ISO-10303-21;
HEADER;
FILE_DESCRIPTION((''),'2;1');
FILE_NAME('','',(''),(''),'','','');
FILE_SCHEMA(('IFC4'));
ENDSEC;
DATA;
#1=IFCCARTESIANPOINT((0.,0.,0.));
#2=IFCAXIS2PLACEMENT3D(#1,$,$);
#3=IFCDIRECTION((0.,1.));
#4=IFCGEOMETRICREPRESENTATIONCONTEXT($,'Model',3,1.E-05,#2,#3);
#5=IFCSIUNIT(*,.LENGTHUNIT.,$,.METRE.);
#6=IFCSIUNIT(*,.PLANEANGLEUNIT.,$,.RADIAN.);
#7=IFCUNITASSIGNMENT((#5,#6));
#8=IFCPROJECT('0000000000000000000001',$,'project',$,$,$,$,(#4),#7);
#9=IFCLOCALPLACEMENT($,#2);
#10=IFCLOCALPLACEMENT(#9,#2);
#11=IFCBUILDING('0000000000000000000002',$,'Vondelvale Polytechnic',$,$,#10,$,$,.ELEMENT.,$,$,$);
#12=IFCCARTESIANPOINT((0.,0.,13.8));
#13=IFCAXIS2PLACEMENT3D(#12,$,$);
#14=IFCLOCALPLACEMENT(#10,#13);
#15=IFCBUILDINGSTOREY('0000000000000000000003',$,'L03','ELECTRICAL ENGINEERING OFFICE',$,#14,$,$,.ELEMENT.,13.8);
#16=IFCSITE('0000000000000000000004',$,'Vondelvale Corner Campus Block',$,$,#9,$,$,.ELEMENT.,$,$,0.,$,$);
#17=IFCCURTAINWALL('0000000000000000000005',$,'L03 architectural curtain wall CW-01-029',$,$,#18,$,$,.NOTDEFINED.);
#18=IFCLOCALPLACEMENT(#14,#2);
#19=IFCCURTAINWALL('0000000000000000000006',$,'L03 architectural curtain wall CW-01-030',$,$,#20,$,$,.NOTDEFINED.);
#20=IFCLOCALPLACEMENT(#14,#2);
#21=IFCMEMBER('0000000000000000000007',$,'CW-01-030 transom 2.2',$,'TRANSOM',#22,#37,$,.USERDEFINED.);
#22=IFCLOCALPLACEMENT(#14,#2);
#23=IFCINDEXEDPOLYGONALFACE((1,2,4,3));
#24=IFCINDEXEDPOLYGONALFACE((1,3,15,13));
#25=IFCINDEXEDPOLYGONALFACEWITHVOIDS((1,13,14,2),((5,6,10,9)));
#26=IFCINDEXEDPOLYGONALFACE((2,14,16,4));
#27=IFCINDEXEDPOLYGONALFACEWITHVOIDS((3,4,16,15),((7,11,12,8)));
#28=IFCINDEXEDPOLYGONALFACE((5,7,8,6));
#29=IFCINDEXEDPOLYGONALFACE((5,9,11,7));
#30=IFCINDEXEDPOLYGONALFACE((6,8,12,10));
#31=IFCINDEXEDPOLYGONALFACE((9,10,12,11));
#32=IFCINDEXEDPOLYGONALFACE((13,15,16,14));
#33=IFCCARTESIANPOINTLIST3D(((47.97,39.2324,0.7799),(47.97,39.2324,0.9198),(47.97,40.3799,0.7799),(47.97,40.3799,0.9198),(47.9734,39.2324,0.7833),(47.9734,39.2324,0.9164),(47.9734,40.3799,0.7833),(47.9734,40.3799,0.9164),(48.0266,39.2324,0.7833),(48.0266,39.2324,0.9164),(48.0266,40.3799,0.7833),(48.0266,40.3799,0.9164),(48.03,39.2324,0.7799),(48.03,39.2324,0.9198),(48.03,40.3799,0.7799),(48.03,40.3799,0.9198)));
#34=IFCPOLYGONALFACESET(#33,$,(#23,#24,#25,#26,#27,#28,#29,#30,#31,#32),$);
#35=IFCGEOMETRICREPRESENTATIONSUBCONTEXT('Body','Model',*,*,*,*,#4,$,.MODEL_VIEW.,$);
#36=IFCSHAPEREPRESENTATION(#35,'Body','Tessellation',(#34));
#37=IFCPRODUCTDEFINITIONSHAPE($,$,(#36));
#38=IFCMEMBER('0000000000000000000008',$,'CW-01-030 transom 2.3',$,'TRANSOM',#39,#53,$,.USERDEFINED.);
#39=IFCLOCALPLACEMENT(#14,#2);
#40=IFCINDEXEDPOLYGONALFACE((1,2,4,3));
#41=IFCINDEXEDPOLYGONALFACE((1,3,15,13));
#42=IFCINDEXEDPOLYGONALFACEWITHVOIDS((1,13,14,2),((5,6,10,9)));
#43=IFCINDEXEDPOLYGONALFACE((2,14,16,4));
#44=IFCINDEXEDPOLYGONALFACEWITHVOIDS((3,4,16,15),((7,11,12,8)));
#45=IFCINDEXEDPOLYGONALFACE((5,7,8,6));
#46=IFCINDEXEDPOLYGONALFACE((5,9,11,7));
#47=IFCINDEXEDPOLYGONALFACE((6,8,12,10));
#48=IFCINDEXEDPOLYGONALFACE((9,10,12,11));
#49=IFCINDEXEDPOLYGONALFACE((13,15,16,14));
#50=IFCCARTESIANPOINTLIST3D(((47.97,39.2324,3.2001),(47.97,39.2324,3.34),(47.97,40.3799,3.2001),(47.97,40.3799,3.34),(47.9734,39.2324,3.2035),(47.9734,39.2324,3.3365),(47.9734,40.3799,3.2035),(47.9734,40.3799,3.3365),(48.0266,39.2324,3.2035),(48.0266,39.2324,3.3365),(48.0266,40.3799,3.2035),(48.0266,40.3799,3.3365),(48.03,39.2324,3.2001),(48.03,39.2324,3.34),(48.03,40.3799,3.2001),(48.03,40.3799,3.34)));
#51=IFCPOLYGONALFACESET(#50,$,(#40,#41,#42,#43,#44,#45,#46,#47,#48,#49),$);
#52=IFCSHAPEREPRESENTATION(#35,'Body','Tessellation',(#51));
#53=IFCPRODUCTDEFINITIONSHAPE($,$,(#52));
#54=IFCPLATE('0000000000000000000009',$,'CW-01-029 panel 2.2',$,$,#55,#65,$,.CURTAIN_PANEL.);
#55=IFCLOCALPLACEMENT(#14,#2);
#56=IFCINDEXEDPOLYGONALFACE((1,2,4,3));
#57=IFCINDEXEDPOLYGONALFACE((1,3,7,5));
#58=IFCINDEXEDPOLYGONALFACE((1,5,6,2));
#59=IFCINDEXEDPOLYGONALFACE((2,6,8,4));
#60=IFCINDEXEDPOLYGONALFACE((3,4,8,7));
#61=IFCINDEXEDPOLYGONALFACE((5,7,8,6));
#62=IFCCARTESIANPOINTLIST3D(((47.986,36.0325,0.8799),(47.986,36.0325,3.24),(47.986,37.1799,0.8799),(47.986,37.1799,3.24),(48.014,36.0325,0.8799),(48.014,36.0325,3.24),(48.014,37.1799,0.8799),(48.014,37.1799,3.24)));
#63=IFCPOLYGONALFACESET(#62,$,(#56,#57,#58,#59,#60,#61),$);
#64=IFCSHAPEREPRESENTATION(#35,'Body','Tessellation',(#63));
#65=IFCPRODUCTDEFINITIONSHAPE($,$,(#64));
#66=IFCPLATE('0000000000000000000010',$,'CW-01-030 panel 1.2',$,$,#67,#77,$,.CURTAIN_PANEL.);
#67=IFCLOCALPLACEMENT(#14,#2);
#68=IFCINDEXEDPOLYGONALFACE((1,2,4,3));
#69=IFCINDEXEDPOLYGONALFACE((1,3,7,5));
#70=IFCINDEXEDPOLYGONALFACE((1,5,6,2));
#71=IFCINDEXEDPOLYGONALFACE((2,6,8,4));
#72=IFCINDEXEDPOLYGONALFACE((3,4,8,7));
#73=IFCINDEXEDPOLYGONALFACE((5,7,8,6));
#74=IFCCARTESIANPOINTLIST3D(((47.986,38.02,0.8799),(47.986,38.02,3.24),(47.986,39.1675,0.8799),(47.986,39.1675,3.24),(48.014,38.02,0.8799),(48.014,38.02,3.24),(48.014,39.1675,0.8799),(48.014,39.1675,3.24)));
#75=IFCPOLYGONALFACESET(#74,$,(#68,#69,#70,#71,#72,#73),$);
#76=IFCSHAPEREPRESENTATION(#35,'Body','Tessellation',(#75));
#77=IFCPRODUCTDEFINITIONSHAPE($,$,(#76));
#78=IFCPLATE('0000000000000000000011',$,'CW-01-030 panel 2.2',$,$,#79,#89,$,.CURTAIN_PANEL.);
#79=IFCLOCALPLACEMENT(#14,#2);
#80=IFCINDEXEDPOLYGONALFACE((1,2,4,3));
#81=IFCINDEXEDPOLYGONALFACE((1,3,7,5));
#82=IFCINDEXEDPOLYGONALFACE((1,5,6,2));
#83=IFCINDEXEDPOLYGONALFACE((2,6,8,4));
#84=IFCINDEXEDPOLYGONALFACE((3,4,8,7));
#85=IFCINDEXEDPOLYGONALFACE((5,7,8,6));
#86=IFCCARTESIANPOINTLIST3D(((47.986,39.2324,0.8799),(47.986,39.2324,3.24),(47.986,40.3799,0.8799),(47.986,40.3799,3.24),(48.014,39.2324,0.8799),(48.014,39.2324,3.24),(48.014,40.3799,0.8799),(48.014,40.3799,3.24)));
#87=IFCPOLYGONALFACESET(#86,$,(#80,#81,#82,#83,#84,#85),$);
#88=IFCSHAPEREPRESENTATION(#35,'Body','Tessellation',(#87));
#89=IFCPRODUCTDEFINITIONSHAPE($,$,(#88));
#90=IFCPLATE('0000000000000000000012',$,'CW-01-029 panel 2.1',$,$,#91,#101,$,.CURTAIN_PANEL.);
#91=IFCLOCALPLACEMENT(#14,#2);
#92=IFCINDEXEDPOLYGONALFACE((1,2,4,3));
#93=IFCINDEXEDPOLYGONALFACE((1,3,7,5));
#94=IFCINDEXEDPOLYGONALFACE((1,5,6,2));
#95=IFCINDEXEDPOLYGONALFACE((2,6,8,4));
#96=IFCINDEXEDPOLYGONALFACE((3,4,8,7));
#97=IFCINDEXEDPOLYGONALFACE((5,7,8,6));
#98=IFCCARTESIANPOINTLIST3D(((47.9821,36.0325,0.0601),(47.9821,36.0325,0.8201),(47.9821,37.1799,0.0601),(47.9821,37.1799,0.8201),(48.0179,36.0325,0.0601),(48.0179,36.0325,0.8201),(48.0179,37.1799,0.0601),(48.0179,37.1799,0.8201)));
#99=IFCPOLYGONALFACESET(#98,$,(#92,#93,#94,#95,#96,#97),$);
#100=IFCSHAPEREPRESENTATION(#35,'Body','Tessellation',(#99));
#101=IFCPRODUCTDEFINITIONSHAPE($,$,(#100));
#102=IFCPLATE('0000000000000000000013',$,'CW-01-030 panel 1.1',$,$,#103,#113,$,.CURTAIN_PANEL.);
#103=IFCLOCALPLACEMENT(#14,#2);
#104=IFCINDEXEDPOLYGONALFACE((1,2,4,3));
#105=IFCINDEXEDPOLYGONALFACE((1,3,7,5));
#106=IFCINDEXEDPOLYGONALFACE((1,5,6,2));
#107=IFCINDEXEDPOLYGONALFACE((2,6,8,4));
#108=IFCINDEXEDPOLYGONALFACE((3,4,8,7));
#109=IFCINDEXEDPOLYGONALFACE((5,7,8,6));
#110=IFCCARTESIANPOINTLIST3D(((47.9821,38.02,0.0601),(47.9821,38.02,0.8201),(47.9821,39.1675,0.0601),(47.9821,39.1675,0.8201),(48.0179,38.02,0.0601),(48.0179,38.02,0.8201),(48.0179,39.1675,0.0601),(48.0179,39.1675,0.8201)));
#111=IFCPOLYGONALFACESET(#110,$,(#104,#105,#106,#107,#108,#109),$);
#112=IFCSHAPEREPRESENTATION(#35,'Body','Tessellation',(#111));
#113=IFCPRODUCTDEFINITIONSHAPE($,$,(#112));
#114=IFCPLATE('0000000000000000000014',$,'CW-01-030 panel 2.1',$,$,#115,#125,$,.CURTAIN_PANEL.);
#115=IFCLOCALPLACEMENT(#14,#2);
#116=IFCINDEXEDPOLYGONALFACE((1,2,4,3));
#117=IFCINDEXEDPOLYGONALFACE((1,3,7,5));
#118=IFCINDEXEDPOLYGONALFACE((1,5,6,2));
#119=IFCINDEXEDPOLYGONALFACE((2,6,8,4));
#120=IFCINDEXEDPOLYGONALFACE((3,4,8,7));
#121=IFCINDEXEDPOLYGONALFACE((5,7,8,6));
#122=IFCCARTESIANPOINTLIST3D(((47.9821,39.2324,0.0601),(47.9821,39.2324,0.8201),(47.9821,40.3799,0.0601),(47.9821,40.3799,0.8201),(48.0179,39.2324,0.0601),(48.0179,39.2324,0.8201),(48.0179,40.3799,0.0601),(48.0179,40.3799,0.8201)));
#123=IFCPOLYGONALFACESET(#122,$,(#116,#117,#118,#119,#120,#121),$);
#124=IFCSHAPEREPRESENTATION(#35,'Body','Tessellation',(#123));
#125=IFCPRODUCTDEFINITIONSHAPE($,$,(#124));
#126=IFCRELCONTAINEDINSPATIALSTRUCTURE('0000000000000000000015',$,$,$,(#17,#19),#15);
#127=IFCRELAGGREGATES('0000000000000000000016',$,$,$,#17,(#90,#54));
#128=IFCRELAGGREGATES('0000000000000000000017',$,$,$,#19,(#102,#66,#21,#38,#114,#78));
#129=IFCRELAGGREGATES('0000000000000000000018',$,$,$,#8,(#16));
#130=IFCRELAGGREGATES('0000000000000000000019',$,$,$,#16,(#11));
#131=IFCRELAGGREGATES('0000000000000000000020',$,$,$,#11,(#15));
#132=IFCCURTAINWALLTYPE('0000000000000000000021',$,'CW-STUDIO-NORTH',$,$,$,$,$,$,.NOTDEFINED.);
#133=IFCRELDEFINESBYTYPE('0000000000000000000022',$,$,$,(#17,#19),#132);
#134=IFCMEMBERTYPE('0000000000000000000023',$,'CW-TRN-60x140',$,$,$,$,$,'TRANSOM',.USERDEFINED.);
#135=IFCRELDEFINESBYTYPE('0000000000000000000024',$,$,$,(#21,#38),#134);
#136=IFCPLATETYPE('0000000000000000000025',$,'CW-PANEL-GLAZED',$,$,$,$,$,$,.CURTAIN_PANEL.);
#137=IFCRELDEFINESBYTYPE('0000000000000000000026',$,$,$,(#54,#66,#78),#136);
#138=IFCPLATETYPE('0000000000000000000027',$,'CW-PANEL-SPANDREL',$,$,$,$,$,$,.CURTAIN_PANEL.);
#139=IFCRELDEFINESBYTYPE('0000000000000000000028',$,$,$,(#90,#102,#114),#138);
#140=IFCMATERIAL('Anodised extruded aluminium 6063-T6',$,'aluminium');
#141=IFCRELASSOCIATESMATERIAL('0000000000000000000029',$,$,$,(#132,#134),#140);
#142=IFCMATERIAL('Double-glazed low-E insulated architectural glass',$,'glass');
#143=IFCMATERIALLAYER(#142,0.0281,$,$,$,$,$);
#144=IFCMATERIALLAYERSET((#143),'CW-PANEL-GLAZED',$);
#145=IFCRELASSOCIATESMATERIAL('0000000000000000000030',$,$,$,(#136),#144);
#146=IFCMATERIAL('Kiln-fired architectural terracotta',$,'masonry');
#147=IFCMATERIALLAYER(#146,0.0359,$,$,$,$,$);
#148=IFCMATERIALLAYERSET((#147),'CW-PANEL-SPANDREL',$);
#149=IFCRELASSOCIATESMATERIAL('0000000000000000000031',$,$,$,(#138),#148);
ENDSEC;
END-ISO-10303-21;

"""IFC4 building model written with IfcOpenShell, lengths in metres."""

from ifc_helpers import new_model, si_unit, direction, frame, origin, origin_2d, place, context, subcontext, project, spatial, rectangle, hollow_rectangle, extrude, material, layer, layer_set, material_profile, profile_set, type_object, element, aggregate, save


model = new_model("IFC4")

# Units and contexts
model_context = context("Model", 3, precision=1e-05, world=origin(), true_north=direction((0.0, 1.0)))
body_context = subcontext(model_context, "Body", "Model", "MODEL_VIEW")
ifc_project = project(units=[si_unit("LENGTHUNIT", "METRE"), si_unit("PLANEANGLEUNIT", "RADIAN")], contexts=[model_context])

# Site, building, storey
site_placement = place(None, origin())
site = spatial("IfcSite", under=ifc_project, at=site_placement, Name="Vondelvale Corner Campus Block", CompositionType="ELEMENT", RefElevation=0.0)
building_placement = place(site_placement, origin())
building = spatial("IfcBuilding", under=site, at=building_placement, Name="Vondelvale Polytechnic", CompositionType="ELEMENT")
storey_placement = place(building_placement, frame((0.0, 0.0, 13.8)))
storey = spatial("IfcBuildingStorey", under=building, at=storey_placement, Name="L03", Description="ELECTRICAL ENGINEERING OFFICE", CompositionType="ELEMENT", Elevation=13.8)

# Curtain wall
ifc_material_1 = material(Name="Anodised extruded aluminium 6063-T6", Category="aluminium")
curtain_wall_type = type_object("IfcCurtainWallType", Name="CW-STUDIO-NORTH", PredefinedType="NOTDEFINED", material=ifc_material_1)
curtain_wall_1_placement = place(storey_placement, origin())
curtain_wall_1 = element("IfcCurtainWall", 1, at=curtain_wall_1_placement, inside=storey, type_object=curtain_wall_type, Name="L03 architectural curtain wall CW-01-029", PredefinedType="NOTDEFINED")

# Curtain wall
curtain_wall_2_placement = place(storey_placement, origin())
curtain_wall_2 = element("IfcCurtainWall", 2, at=curtain_wall_2_placement, inside=storey, type_object=curtain_wall_type, Name="L03 architectural curtain wall CW-01-030", PredefinedType="NOTDEFINED")

# Members
ifc_material_profile_1 = material_profile(ifc_material_1, hollow_rectangle(XDim=0.0601, YDim=0.1399, WallThickness=0.0034, at=origin_2d()), Name="CW-TRN-140x60")
ifc_profile_set_1 = profile_set([ifc_material_profile_1], Name="Anodised extruded aluminium 6063-T6")
member_type_1 = type_object("IfcMemberType", Name="CW-TRN-60x140", ElementType="TRANSOM", PredefinedType="USERDEFINED", material=ifc_profile_set_1)
member_1_placement = place(storey_placement, frame((48.0, 39.2324, 0.8499), z_axis=(0.0, 1.0, 0.0), x_axis=(-1.0, 0.0, 0.0)))
member_1 = element("IfcMember", 3, at=member_1_placement, type_object=member_type_1, Name="CW-01-030 transom 2.2", ObjectType="TRANSOM", PredefinedType="USERDEFINED", context=body_context, shape_type="SweptSolid", body=[
    extrude(hollow_rectangle(XDim=0.0601, YDim=0.1399, WallThickness=0.0034, at=origin_2d()), origin(), (0.0, 0.0, 1.0), 1.1475),
])
member_2_placement = place(storey_placement, frame((48.0, 39.2324, 3.27), z_axis=(0.0, 1.0, 0.0), x_axis=(-1.0, 0.0, 0.0)))
member_2 = element("IfcMember", 4, at=member_2_placement, type_object=member_type_1, Name="CW-01-030 transom 2.3", ObjectType="TRANSOM", PredefinedType="USERDEFINED", context=body_context, shape_type="SweptSolid", body=[
    extrude(hollow_rectangle(XDim=0.0601, YDim=0.1399, WallThickness=0.0034, at=origin_2d()), origin(), (0.0, 0.0, 1.0), 1.1475),
])

# Plates
ifc_material_2 = material(Name="Double-glazed low-E insulated architectural glass", Category="glass")
ifc_layer_1 = layer(ifc_material_2, 0.0281)
ifc_layer_set_1 = layer_set([ifc_layer_1], Name="CW-PANEL-GLAZED")
plate_type_1 = type_object("IfcPlateType", Name="CW-PANEL-GLAZED", PredefinedType="CURTAIN_PANEL", material=ifc_layer_set_1)
plate_1_placement = place(storey_placement, frame((48.0, 36.6062, 0.8799), z_axis=(0.0, 0.0, 1.0), x_axis=(0.0, 1.0, 0.0)))
plate_1 = element("IfcPlate", 5, at=plate_1_placement, type_object=plate_type_1, Name="CW-01-029 panel 2.2", PredefinedType="CURTAIN_PANEL", context=body_context, shape_type="SweptSolid", body=[
    extrude(rectangle(XDim=1.1475, YDim=0.0281, at=origin_2d()), origin(), (0.0, 0.0, 1.0), 2.3601),
])
plate_2_placement = place(storey_placement, frame((48.0, 38.5938, 0.8799), z_axis=(0.0, 0.0, 1.0), x_axis=(0.0, 1.0, 0.0)))
plate_2 = element("IfcPlate", 6, at=plate_2_placement, type_object=plate_type_1, Name="CW-01-030 panel 1.2", PredefinedType="CURTAIN_PANEL", context=body_context, shape_type="SweptSolid", body=[
    extrude(rectangle(XDim=1.1475, YDim=0.0281, at=origin_2d()), origin(), (0.0, 0.0, 1.0), 2.3601),
])
plate_3_placement = place(storey_placement, frame((48.0, 39.8062, 0.8799), z_axis=(0.0, 0.0, 1.0), x_axis=(0.0, 1.0, 0.0)))
plate_3 = element("IfcPlate", 7, at=plate_3_placement, type_object=plate_type_1, Name="CW-01-030 panel 2.2", PredefinedType="CURTAIN_PANEL", context=body_context, shape_type="SweptSolid", body=[
    extrude(rectangle(XDim=1.1475, YDim=0.0281, at=origin_2d()), origin(), (0.0, 0.0, 1.0), 2.3601),
])
ifc_material_3 = material(Name="Kiln-fired architectural terracotta", Category="masonry")
ifc_layer_2 = layer(ifc_material_3, 0.0359)
ifc_layer_set_2 = layer_set([ifc_layer_2], Name="CW-PANEL-SPANDREL")
plate_type_2 = type_object("IfcPlateType", Name="CW-PANEL-SPANDREL", PredefinedType="CURTAIN_PANEL", material=ifc_layer_set_2)
plate_4_placement = place(storey_placement, frame((48.0, 36.6062, 0.0601), z_axis=(0.0, 0.0, 1.0), x_axis=(0.0, 1.0, 0.0)))
plate_4 = element("IfcPlate", 8, at=plate_4_placement, type_object=plate_type_2, Name="CW-01-029 panel 2.1", PredefinedType="CURTAIN_PANEL", context=body_context, shape_type="SweptSolid", body=[
    extrude(rectangle(XDim=1.1475, YDim=0.0359, at=origin_2d()), origin(), (0.0, 0.0, 1.0), 0.76),
])
aggregate(curtain_wall_1, [plate_4, plate_1])
plate_5_placement = place(storey_placement, frame((48.0, 38.5938, 0.0601), z_axis=(0.0, 0.0, 1.0), x_axis=(0.0, 1.0, 0.0)))
plate_5 = element("IfcPlate", 9, at=plate_5_placement, type_object=plate_type_2, Name="CW-01-030 panel 1.1", PredefinedType="CURTAIN_PANEL", context=body_context, shape_type="SweptSolid", body=[
    extrude(rectangle(XDim=1.1475, YDim=0.0359, at=origin_2d()), origin(), (0.0, 0.0, 1.0), 0.76),
])
plate_6_placement = place(storey_placement, frame((48.0, 39.8062, 0.0601), z_axis=(0.0, 0.0, 1.0), x_axis=(0.0, 1.0, 0.0)))
plate_6 = element("IfcPlate", 10, at=plate_6_placement, type_object=plate_type_2, Name="CW-01-030 panel 2.1", PredefinedType="CURTAIN_PANEL", context=body_context, shape_type="SweptSolid", body=[
    extrude(rectangle(XDim=1.1475, YDim=0.0359, at=origin_2d()), origin(), (0.0, 0.0, 1.0), 0.76),
])
aggregate(curtain_wall_2, [plate_5, plate_2, member_1, member_2, plate_6, plate_3])

save(model, "model.ifc")
